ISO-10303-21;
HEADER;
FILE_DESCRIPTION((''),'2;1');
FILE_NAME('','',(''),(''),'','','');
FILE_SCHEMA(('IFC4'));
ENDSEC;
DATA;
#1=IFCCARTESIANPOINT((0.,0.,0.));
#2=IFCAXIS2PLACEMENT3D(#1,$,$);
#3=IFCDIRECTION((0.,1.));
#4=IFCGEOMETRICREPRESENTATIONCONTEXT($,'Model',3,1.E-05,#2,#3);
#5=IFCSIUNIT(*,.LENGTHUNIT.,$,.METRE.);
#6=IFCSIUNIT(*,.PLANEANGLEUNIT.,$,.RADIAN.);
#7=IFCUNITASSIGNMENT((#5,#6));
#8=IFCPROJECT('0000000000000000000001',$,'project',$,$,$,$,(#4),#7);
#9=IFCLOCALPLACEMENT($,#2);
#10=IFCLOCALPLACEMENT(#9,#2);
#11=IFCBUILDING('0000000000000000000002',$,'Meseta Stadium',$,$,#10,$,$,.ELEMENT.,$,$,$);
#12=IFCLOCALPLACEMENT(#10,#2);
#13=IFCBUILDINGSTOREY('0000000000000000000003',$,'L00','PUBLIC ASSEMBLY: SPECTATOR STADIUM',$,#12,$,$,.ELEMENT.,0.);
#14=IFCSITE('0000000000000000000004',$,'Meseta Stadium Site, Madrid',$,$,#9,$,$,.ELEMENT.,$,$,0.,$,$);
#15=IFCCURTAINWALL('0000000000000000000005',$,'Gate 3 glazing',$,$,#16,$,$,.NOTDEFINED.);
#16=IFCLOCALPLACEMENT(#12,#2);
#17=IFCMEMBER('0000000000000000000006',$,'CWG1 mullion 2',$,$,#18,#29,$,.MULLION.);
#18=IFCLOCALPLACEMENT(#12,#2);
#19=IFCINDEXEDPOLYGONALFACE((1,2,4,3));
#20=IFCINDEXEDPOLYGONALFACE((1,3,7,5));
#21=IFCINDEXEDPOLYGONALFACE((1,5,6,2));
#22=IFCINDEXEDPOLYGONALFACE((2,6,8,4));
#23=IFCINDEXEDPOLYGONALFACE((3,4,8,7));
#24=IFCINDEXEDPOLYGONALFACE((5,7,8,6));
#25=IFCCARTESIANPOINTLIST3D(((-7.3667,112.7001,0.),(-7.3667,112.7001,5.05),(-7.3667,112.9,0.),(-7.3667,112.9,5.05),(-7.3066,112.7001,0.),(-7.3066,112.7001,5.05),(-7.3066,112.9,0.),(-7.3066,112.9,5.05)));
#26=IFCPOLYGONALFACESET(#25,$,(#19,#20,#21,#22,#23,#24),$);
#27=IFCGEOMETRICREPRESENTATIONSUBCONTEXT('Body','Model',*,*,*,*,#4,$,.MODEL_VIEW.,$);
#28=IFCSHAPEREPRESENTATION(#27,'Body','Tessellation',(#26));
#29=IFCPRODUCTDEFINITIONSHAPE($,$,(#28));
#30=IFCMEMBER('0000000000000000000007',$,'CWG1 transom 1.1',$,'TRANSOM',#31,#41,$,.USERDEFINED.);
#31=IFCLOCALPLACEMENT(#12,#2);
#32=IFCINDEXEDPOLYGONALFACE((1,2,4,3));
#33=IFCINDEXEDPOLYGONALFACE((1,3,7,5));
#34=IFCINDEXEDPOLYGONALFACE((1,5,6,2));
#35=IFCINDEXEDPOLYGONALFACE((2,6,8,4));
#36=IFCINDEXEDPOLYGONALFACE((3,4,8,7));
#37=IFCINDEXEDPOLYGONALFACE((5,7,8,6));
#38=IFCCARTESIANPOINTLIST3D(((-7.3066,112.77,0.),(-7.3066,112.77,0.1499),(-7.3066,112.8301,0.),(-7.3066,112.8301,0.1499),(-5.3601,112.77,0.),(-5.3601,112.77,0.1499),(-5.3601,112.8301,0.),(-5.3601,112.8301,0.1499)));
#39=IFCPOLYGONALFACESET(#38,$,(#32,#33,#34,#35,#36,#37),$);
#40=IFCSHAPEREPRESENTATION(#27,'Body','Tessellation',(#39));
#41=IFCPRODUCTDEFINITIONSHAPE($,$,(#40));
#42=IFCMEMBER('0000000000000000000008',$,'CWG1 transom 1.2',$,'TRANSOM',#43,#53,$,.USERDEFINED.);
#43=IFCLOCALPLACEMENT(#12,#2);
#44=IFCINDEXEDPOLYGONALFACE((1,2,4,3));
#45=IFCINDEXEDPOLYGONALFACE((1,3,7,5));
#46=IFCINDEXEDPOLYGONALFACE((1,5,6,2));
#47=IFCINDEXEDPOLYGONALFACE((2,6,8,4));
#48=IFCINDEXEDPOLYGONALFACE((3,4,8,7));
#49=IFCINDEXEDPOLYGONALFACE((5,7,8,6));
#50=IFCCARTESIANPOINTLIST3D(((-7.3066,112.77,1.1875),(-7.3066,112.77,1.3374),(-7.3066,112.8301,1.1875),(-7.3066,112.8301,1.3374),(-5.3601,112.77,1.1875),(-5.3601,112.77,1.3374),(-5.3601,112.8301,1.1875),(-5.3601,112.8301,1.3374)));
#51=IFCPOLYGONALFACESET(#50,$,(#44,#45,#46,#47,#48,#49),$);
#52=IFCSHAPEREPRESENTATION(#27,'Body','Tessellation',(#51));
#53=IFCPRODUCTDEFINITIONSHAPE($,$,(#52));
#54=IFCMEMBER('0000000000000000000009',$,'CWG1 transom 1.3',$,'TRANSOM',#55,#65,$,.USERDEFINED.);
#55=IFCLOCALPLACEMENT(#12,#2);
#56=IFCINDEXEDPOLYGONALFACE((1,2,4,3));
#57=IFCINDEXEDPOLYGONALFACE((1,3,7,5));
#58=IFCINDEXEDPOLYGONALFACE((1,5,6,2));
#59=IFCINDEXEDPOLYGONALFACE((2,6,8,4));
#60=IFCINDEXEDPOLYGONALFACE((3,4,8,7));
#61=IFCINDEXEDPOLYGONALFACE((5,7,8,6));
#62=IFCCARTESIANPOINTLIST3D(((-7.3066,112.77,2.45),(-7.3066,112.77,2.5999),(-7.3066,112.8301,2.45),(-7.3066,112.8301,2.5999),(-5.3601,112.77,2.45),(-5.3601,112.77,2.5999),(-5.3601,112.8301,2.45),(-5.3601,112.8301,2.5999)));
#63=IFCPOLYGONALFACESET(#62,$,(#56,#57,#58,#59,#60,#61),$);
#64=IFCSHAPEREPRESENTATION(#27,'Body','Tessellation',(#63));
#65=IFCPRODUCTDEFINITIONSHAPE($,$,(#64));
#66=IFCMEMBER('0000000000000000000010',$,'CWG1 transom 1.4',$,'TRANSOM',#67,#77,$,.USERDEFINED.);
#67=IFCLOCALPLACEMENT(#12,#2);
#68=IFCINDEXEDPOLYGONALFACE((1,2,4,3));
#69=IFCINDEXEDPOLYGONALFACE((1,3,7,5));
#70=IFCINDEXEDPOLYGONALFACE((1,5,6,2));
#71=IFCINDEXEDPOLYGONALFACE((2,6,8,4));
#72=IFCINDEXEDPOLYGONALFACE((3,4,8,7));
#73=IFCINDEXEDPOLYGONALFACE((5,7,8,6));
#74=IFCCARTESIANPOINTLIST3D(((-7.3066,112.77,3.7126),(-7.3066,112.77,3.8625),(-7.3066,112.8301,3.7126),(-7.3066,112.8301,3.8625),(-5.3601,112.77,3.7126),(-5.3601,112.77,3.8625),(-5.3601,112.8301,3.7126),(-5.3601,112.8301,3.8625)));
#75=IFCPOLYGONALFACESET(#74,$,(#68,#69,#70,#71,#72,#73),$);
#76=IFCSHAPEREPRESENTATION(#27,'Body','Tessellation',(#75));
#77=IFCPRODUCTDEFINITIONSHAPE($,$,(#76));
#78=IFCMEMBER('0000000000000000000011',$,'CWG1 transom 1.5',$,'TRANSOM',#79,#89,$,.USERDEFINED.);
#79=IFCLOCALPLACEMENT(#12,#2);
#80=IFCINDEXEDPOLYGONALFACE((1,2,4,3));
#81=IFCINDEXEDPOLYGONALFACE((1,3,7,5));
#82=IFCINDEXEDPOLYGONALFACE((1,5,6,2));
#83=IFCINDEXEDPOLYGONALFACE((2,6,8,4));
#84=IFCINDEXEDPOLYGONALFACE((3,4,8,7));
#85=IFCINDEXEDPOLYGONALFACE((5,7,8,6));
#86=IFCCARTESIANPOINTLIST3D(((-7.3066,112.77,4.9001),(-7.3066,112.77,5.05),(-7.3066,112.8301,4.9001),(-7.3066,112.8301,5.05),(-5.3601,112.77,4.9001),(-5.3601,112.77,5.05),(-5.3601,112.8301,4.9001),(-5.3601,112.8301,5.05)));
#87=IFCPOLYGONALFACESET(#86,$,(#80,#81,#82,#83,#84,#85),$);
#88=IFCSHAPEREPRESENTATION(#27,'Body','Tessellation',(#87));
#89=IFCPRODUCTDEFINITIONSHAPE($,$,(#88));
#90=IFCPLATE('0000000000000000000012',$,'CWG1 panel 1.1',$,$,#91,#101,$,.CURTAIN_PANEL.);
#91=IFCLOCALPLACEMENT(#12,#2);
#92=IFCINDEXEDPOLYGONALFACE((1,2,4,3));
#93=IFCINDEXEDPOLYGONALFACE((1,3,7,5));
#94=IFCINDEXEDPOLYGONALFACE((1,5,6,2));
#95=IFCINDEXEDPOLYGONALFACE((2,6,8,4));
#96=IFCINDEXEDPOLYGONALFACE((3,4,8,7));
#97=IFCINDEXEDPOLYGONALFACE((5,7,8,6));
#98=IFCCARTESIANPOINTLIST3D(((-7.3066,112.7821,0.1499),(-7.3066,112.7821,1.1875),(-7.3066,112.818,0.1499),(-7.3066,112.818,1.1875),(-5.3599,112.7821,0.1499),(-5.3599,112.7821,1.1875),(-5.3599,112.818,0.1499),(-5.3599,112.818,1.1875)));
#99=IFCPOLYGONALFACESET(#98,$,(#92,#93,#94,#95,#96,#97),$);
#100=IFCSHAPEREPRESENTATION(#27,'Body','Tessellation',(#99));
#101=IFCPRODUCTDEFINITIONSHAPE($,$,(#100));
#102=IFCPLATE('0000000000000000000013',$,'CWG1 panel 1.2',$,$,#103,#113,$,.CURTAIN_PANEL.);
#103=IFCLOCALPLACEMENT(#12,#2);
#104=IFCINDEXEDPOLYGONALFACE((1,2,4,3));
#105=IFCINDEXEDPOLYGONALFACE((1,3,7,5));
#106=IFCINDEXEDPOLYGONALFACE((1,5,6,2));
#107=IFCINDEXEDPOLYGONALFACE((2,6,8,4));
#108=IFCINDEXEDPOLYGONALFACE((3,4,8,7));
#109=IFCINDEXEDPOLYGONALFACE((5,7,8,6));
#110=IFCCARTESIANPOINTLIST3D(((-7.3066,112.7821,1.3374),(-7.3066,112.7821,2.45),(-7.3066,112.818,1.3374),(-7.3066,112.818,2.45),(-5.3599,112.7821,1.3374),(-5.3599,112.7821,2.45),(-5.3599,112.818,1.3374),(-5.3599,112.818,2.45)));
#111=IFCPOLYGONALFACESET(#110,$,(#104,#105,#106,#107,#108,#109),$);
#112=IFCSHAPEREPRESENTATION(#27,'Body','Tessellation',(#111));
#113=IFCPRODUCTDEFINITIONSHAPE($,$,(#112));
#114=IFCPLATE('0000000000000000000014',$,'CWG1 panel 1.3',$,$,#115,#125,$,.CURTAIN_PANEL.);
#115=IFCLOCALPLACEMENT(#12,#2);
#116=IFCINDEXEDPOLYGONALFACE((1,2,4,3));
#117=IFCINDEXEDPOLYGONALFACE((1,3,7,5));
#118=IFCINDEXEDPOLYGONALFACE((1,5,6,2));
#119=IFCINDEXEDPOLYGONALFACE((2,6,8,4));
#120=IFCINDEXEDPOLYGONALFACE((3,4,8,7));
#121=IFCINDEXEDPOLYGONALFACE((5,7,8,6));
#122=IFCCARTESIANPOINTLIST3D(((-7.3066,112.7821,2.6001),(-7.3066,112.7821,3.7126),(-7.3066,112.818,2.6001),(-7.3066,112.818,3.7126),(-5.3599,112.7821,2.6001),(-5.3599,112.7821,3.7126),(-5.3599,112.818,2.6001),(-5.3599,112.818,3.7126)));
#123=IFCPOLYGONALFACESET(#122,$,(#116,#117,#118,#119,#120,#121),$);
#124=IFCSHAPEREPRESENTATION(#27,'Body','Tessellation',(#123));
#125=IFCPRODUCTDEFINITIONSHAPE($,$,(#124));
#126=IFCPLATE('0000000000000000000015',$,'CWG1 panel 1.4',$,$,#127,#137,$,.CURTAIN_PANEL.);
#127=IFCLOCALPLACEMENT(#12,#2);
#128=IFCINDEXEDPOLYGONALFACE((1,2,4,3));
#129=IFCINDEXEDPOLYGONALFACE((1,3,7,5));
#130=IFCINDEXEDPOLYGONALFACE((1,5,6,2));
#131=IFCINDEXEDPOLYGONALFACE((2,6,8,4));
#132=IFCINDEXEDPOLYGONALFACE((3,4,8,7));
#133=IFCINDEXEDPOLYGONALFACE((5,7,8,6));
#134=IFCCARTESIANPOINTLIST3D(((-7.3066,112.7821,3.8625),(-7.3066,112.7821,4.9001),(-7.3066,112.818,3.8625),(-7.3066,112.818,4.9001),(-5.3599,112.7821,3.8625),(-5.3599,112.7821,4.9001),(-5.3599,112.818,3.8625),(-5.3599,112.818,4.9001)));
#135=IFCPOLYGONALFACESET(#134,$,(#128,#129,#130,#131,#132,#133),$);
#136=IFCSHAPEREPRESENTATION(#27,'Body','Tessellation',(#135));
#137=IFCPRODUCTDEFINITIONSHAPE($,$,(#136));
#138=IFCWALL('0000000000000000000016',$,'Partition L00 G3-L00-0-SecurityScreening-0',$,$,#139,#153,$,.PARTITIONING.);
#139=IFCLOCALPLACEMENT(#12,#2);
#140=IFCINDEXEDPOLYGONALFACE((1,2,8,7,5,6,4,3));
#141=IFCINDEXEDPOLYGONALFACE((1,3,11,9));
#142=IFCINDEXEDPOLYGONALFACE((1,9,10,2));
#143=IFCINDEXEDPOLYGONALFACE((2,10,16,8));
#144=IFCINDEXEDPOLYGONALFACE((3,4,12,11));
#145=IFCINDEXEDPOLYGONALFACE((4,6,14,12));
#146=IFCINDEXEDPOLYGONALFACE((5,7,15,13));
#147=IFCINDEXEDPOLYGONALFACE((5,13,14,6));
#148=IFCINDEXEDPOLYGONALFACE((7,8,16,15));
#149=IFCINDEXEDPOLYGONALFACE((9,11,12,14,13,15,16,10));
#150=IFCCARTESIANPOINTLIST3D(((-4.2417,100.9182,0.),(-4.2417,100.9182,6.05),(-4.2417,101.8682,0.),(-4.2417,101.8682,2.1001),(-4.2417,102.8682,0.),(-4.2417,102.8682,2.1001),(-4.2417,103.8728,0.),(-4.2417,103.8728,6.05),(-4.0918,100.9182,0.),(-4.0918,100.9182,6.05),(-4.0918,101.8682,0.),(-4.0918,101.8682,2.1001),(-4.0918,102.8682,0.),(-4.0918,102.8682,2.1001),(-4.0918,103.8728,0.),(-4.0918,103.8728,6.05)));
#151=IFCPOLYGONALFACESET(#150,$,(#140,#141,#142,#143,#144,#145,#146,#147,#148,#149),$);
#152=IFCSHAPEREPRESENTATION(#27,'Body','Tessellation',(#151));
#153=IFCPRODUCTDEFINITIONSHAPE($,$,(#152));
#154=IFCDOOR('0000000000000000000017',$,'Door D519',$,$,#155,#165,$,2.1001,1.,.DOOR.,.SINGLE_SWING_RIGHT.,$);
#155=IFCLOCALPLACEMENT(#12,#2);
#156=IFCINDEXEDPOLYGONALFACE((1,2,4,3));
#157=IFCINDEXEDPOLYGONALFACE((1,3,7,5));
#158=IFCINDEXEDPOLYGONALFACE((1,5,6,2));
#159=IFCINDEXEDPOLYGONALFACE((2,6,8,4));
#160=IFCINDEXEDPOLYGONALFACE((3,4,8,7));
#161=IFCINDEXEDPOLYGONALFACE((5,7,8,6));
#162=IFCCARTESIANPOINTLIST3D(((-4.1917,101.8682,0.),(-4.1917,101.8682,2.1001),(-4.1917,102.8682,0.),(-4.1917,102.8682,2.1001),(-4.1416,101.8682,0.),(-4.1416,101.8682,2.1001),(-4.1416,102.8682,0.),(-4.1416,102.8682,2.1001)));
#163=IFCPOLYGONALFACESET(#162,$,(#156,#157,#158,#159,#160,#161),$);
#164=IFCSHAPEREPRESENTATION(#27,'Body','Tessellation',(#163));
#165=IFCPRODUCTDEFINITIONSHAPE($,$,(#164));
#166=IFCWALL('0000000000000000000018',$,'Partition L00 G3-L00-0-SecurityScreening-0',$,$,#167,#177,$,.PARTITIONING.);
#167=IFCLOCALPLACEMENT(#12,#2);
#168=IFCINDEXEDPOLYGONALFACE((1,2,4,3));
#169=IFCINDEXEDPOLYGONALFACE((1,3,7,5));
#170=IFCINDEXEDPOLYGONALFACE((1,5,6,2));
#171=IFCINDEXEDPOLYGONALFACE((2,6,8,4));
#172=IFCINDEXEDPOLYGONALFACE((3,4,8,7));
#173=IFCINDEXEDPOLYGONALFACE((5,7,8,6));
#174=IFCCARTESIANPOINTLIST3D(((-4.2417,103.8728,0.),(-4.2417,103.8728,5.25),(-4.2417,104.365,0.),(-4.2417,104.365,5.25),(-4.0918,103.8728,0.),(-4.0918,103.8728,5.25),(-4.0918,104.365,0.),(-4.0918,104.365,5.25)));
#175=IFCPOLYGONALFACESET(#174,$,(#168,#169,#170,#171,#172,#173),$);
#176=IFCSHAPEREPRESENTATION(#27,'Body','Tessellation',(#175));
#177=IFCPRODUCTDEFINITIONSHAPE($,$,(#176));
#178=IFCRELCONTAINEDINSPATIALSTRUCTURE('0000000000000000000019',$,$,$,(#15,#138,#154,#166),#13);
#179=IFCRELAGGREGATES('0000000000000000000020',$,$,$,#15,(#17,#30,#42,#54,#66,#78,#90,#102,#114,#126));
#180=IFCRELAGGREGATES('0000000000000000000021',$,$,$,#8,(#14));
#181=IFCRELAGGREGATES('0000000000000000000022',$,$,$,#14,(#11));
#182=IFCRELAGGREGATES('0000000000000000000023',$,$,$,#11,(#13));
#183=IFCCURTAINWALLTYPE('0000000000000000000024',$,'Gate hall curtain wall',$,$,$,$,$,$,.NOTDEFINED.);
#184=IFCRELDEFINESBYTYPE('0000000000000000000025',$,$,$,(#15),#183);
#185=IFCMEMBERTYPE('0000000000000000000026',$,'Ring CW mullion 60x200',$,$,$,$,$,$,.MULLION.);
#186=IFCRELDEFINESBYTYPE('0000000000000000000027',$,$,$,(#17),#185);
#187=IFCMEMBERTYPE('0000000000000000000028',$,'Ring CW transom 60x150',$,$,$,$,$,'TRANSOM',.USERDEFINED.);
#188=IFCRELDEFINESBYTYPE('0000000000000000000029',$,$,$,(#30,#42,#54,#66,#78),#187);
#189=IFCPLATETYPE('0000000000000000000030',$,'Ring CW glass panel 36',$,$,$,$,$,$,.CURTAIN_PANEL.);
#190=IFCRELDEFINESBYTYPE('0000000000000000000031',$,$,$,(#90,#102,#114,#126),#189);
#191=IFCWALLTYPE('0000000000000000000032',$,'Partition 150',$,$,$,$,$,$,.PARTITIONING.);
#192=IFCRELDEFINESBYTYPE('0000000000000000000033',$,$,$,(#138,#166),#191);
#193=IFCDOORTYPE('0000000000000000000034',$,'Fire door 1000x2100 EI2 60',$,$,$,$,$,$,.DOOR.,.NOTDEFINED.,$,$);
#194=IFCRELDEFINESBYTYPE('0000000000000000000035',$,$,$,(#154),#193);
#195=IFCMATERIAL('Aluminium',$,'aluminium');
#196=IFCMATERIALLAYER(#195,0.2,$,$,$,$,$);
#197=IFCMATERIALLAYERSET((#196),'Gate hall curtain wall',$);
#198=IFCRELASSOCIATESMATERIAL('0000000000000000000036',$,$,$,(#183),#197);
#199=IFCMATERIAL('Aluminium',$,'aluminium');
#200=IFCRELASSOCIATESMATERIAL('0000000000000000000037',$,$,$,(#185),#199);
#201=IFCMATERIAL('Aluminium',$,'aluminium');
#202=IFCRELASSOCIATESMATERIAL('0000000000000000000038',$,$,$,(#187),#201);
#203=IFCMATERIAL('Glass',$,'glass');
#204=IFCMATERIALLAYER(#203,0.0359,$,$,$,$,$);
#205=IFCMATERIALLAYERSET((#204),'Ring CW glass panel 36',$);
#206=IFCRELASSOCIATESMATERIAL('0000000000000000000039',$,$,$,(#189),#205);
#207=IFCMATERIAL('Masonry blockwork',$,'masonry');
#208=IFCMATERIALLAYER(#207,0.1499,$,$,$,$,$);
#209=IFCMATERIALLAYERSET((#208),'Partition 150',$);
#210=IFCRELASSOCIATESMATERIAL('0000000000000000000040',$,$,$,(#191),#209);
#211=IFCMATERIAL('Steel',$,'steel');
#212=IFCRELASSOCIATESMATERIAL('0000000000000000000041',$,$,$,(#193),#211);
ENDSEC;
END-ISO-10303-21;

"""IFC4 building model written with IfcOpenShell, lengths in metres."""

from ifc_helpers import new_model, si_unit, direction, frame, frame_2d, origin, origin_2d, place, context, subcontext, project, spatial, rectangle, extrude, material, layer, layer_set, material_profile, profile_set, type_object, element, fill, aggregate, save


model = new_model("IFC4")

# Units and contexts
model_context = context("Model", 3, precision=1e-05, world=origin(), true_north=direction((0.0, 1.0)))
body_context = subcontext(model_context, "Body", "Model", "MODEL_VIEW")
ifc_project = project(units=[si_unit("LENGTHUNIT", "METRE"), si_unit("PLANEANGLEUNIT", "RADIAN")], contexts=[model_context])

# Site, building, storey
site_placement = place(None, origin())
site = spatial("IfcSite", under=ifc_project, at=site_placement, Name="Meseta Stadium Site, Madrid", CompositionType="ELEMENT", RefElevation=0.0)
building_placement = place(site_placement, origin())
building = spatial("IfcBuilding", under=site, at=building_placement, Name="Meseta Stadium", CompositionType="ELEMENT")
storey_placement = place(building_placement, origin())
storey = spatial("IfcBuildingStorey", under=building, at=storey_placement, Name="L00", Description="PUBLIC ASSEMBLY: SPECTATOR STADIUM", CompositionType="ELEMENT", Elevation=0.0)

# Curtain wall, members, plates
ifc_material_1 = material(Name="Aluminium", Category="aluminium")
ifc_layer_1 = layer(ifc_material_1, 0.2)
ifc_layer_set_1 = layer_set([ifc_layer_1], Name="Gate hall curtain wall")
curtain_wall_type = type_object("IfcCurtainWallType", Name="Gate hall curtain wall", PredefinedType="NOTDEFINED", material=ifc_layer_set_1)
curtain_wall_placement = place(storey_placement, origin())
curtain_wall = element("IfcCurtainWall", 1, at=curtain_wall_placement, inside=storey, type_object=curtain_wall_type, Name="Gate 3 glazing", PredefinedType="NOTDEFINED")
ifc_material_2 = material(Name="Aluminium", Category="aluminium")
ifc_material_profile_1 = material_profile(ifc_material_2, rectangle(XDim=0.2, YDim=0.0601, at=origin_2d()), Name="CW 200x60")
ifc_profile_set_1 = profile_set([ifc_material_profile_1], Name="Aluminium")
member_type_1 = type_object("IfcMemberType", Name="Ring CW mullion 60x200", PredefinedType="MULLION", material=ifc_profile_set_1)
member_1_placement = place(storey_placement, frame((-7.3367, 112.8, 0.0), z_axis=(0.0, 0.0, 1.0), x_axis=(0.0, -1.0, 0.0)))
member_1 = element("IfcMember", 2, at=member_1_placement, type_object=member_type_1, Name="CWG1 mullion 2", PredefinedType="MULLION", context=body_context, shape_type="SweptSolid", body=[
    extrude(rectangle(XDim=0.2, YDim=0.0601, at=origin_2d()), origin(), (0.0, 0.0, 1.0), 5.05),
])
ifc_material_3 = material(Name="Aluminium", Category="aluminium")
ifc_material_profile_2 = material_profile(ifc_material_3, rectangle(XDim=0.0601, YDim=0.1499, at=origin_2d()), Name="CW 60x150")
ifc_profile_set_2 = profile_set([ifc_material_profile_2], Name="Aluminium")
member_type_2 = type_object("IfcMemberType", Name="Ring CW transom 60x150", ElementType="TRANSOM", PredefinedType="USERDEFINED", material=ifc_profile_set_2)
member_2_placement = place(storey_placement, frame((-5.3601, 112.8, 0.075), z_axis=(-1.0, 0.0, 0.0), x_axis=(0.0, -1.0, 0.0)))
member_2 = element("IfcMember", 3, at=member_2_placement, type_object=member_type_2, Name="CWG1 transom 1.1", ObjectType="TRANSOM", PredefinedType="USERDEFINED", context=body_context, shape_type="SweptSolid", body=[
    extrude(rectangle(XDim=0.0601, YDim=0.1499, at=origin_2d()), origin(), (0.0, 0.0, 1.0), 1.9465),
])
member_3_placement = place(storey_placement, frame((-5.3601, 112.8, 1.2625), z_axis=(-1.0, 0.0, 0.0), x_axis=(0.0, -1.0, 0.0)))
member_3 = element("IfcMember", 4, at=member_3_placement, type_object=member_type_2, Name="CWG1 transom 1.2", ObjectType="TRANSOM", PredefinedType="USERDEFINED", context=body_context, shape_type="SweptSolid", body=[
    extrude(rectangle(XDim=0.0601, YDim=0.1499, at=origin_2d()), origin(), (0.0, 0.0, 1.0), 1.9465),
])
member_4_placement = place(storey_placement, frame((-5.3601, 112.8, 2.5249), z_axis=(-1.0, 0.0, 0.0), x_axis=(0.0, -1.0, 0.0)))
member_4 = element("IfcMember", 5, at=member_4_placement, type_object=member_type_2, Name="CWG1 transom 1.3", ObjectType="TRANSOM", PredefinedType="USERDEFINED", context=body_context, shape_type="SweptSolid", body=[
    extrude(rectangle(XDim=0.0601, YDim=0.1499, at=origin_2d()), origin(), (0.0, 0.0, 1.0), 1.9465),
])
member_5_placement = place(storey_placement, frame((-5.3601, 112.8, 3.7876), z_axis=(-1.0, 0.0, 0.0), x_axis=(0.0, -1.0, 0.0)))
member_5 = element("IfcMember", 6, at=member_5_placement, type_object=member_type_2, Name="CWG1 transom 1.4", ObjectType="TRANSOM", PredefinedType="USERDEFINED", context=body_context, shape_type="SweptSolid", body=[
    extrude(rectangle(XDim=0.0601, YDim=0.1499, at=origin_2d()), origin(), (0.0, 0.0, 1.0), 1.9465),
])
member_6_placement = place(storey_placement, frame((-5.3601, 112.8, 4.9751), z_axis=(-1.0, 0.0, 0.0), x_axis=(0.0, -1.0, 0.0)))
member_6 = element("IfcMember", 7, at=member_6_placement, type_object=member_type_2, Name="CWG1 transom 1.5", ObjectType="TRANSOM", PredefinedType="USERDEFINED", context=body_context, shape_type="SweptSolid", body=[
    extrude(rectangle(XDim=0.0601, YDim=0.1499, at=origin_2d()), origin(), (0.0, 0.0, 1.0), 1.9465),
])
ifc_material_4 = material(Name="Glass", Category="glass")
ifc_layer_2 = layer(ifc_material_4, 0.0359)
ifc_layer_set_2 = layer_set([ifc_layer_2], Name="Ring CW glass panel 36")
plate_type = type_object("IfcPlateType", Name="Ring CW glass panel 36", PredefinedType="CURTAIN_PANEL", material=ifc_layer_set_2)
plate_1_placement = place(storey_placement, frame((-6.3333, 112.8, 0.1499), z_axis=(0.0, 0.0, 1.0), x_axis=(-1.0, 0.0, 0.0)))
plate_1 = element("IfcPlate", 8, at=plate_1_placement, type_object=plate_type, Name="CWG1 panel 1.1", PredefinedType="CURTAIN_PANEL", context=body_context, shape_type="SweptSolid", body=[
    extrude(rectangle(XDim=1.9468, YDim=0.0359, at=origin_2d()), origin(), (0.0, 0.0, 1.0), 1.0376),
])
plate_2_placement = place(storey_placement, frame((-6.3333, 112.8, 1.3374), z_axis=(0.0, 0.0, 1.0), x_axis=(-1.0, 0.0, 0.0)))
plate_2 = element("IfcPlate", 9, at=plate_2_placement, type_object=plate_type, Name="CWG1 panel 1.2", PredefinedType="CURTAIN_PANEL", context=body_context, shape_type="SweptSolid", body=[
    extrude(rectangle(XDim=1.9468, YDim=0.0359, at=origin_2d()), origin(), (0.0, 0.0, 1.0), 1.1125),
])
plate_3_placement = place(storey_placement, frame((-6.3333, 112.8, 2.6001), z_axis=(0.0, 0.0, 1.0), x_axis=(-1.0, 0.0, 0.0)))
plate_3 = element("IfcPlate", 10, at=plate_3_placement, type_object=plate_type, Name="CWG1 panel 1.3", PredefinedType="CURTAIN_PANEL", context=body_context, shape_type="SweptSolid", body=[
    extrude(rectangle(XDim=1.9468, YDim=0.0359, at=origin_2d()), origin(), (0.0, 0.0, 1.0), 1.1125),
])
plate_4_placement = place(storey_placement, frame((-6.3333, 112.8, 3.8625), z_axis=(0.0, 0.0, 1.0), x_axis=(-1.0, 0.0, 0.0)))
plate_4 = element("IfcPlate", 11, at=plate_4_placement, type_object=plate_type, Name="CWG1 panel 1.4", PredefinedType="CURTAIN_PANEL", context=body_context, shape_type="SweptSolid", body=[
    extrude(rectangle(XDim=1.9468, YDim=0.0359, at=origin_2d()), origin(), (0.0, 0.0, 1.0), 1.0376),
])
aggregate(curtain_wall, [member_1, member_2, member_3, member_4, member_5, member_6, plate_1, plate_2, plate_3, plate_4])

# Wall, opening, door
ifc_material_5 = material(Name="Masonry blockwork", Category="masonry")
ifc_layer_3 = layer(ifc_material_5, 0.1499)
ifc_layer_set_3 = layer_set([ifc_layer_3], Name="Partition 150")
wall_type_1 = type_object("IfcWallType", Name="Partition 150", PredefinedType="PARTITIONING", material=ifc_layer_set_3)
wall_1_placement = place(storey_placement, frame((-4.1667, 100.9182, 0.0), z_axis=(0.0, 0.0, 1.0), x_axis=(0.0, 1.0, 0.0)))
wall_1 = element("IfcWall", 12, at=wall_1_placement, inside=storey, type_object=wall_type_1, Name="Partition L00 G3-L00-0-SecurityScreening-0", PredefinedType="PARTITIONING", context=body_context, shape_type="SweptSolid", body=[
    extrude(rectangle(XDim=2.9546, YDim=0.1499, at=frame_2d((1.4773, 0.0))), origin(), (0.0, 0.0, 1.0), 6.05),
])
opening_1_placement = place(wall_1_placement, frame((0.95, 0.0, 0.0)))
opening_1 = element("IfcOpeningElement", 13, at=opening_1_placement, cuts=wall_1, PredefinedType="OPENING", context=body_context, shape_type="SweptSolid", body=[
    extrude(rectangle(XDim=1.0, YDim=2.1001, at=frame_2d((0.5, 1.05))), frame((0.0, 0.085, 0.0), z_axis=(0.0, -1.0, 0.0), x_axis=(1.0, 0.0, 0.0)), (0.0, 0.0, 1.0), 0.1699),
])
ifc_material_6 = material(Name="Steel", Category="steel")
door_type_1 = type_object("IfcDoorType", Name="Fire door 1000x2100 EI2 60", OperationType="NOTDEFINED", PredefinedType="DOOR", material=ifc_material_6)
door_1_placement = place(opening_1_placement, origin())
door_1 = element("IfcDoor", 14, at=door_1_placement, inside=storey, type_object=door_type_1, Name="Door D519", OperationType="SINGLE_SWING_RIGHT", OverallHeight=2.1001, OverallWidth=1.0, PredefinedType="DOOR", context=body_context, shape_type="SweptSolid", body=[
    extrude(rectangle(XDim=1.0, YDim=2.1001, at=frame_2d((0.5, 1.05))), frame((0.0, 0.0249, 0.0), z_axis=(0.0, -1.0, 0.0), x_axis=(1.0, 0.0, 0.0)), (0.0, 0.0, 1.0), 0.05),
])
fill(opening_1, door_1)

# Wall
wall_2_placement = place(storey_placement, frame((-4.1667, 103.8728, 0.0), z_axis=(0.0, 0.0, 1.0), x_axis=(0.0, 1.0, 0.0)))
element("IfcWall", 15, at=wall_2_placement, inside=storey, type_object=wall_type_1, Name="Partition L00 G3-L00-0-SecurityScreening-0", PredefinedType="PARTITIONING", context=body_context, shape_type="SweptSolid", body=[
    extrude(rectangle(XDim=0.4922, YDim=0.1499, at=frame_2d((0.2461, 0.0))), origin(), (0.0, 0.0, 1.0), 5.25),
])

save(model, "model.ifc")
